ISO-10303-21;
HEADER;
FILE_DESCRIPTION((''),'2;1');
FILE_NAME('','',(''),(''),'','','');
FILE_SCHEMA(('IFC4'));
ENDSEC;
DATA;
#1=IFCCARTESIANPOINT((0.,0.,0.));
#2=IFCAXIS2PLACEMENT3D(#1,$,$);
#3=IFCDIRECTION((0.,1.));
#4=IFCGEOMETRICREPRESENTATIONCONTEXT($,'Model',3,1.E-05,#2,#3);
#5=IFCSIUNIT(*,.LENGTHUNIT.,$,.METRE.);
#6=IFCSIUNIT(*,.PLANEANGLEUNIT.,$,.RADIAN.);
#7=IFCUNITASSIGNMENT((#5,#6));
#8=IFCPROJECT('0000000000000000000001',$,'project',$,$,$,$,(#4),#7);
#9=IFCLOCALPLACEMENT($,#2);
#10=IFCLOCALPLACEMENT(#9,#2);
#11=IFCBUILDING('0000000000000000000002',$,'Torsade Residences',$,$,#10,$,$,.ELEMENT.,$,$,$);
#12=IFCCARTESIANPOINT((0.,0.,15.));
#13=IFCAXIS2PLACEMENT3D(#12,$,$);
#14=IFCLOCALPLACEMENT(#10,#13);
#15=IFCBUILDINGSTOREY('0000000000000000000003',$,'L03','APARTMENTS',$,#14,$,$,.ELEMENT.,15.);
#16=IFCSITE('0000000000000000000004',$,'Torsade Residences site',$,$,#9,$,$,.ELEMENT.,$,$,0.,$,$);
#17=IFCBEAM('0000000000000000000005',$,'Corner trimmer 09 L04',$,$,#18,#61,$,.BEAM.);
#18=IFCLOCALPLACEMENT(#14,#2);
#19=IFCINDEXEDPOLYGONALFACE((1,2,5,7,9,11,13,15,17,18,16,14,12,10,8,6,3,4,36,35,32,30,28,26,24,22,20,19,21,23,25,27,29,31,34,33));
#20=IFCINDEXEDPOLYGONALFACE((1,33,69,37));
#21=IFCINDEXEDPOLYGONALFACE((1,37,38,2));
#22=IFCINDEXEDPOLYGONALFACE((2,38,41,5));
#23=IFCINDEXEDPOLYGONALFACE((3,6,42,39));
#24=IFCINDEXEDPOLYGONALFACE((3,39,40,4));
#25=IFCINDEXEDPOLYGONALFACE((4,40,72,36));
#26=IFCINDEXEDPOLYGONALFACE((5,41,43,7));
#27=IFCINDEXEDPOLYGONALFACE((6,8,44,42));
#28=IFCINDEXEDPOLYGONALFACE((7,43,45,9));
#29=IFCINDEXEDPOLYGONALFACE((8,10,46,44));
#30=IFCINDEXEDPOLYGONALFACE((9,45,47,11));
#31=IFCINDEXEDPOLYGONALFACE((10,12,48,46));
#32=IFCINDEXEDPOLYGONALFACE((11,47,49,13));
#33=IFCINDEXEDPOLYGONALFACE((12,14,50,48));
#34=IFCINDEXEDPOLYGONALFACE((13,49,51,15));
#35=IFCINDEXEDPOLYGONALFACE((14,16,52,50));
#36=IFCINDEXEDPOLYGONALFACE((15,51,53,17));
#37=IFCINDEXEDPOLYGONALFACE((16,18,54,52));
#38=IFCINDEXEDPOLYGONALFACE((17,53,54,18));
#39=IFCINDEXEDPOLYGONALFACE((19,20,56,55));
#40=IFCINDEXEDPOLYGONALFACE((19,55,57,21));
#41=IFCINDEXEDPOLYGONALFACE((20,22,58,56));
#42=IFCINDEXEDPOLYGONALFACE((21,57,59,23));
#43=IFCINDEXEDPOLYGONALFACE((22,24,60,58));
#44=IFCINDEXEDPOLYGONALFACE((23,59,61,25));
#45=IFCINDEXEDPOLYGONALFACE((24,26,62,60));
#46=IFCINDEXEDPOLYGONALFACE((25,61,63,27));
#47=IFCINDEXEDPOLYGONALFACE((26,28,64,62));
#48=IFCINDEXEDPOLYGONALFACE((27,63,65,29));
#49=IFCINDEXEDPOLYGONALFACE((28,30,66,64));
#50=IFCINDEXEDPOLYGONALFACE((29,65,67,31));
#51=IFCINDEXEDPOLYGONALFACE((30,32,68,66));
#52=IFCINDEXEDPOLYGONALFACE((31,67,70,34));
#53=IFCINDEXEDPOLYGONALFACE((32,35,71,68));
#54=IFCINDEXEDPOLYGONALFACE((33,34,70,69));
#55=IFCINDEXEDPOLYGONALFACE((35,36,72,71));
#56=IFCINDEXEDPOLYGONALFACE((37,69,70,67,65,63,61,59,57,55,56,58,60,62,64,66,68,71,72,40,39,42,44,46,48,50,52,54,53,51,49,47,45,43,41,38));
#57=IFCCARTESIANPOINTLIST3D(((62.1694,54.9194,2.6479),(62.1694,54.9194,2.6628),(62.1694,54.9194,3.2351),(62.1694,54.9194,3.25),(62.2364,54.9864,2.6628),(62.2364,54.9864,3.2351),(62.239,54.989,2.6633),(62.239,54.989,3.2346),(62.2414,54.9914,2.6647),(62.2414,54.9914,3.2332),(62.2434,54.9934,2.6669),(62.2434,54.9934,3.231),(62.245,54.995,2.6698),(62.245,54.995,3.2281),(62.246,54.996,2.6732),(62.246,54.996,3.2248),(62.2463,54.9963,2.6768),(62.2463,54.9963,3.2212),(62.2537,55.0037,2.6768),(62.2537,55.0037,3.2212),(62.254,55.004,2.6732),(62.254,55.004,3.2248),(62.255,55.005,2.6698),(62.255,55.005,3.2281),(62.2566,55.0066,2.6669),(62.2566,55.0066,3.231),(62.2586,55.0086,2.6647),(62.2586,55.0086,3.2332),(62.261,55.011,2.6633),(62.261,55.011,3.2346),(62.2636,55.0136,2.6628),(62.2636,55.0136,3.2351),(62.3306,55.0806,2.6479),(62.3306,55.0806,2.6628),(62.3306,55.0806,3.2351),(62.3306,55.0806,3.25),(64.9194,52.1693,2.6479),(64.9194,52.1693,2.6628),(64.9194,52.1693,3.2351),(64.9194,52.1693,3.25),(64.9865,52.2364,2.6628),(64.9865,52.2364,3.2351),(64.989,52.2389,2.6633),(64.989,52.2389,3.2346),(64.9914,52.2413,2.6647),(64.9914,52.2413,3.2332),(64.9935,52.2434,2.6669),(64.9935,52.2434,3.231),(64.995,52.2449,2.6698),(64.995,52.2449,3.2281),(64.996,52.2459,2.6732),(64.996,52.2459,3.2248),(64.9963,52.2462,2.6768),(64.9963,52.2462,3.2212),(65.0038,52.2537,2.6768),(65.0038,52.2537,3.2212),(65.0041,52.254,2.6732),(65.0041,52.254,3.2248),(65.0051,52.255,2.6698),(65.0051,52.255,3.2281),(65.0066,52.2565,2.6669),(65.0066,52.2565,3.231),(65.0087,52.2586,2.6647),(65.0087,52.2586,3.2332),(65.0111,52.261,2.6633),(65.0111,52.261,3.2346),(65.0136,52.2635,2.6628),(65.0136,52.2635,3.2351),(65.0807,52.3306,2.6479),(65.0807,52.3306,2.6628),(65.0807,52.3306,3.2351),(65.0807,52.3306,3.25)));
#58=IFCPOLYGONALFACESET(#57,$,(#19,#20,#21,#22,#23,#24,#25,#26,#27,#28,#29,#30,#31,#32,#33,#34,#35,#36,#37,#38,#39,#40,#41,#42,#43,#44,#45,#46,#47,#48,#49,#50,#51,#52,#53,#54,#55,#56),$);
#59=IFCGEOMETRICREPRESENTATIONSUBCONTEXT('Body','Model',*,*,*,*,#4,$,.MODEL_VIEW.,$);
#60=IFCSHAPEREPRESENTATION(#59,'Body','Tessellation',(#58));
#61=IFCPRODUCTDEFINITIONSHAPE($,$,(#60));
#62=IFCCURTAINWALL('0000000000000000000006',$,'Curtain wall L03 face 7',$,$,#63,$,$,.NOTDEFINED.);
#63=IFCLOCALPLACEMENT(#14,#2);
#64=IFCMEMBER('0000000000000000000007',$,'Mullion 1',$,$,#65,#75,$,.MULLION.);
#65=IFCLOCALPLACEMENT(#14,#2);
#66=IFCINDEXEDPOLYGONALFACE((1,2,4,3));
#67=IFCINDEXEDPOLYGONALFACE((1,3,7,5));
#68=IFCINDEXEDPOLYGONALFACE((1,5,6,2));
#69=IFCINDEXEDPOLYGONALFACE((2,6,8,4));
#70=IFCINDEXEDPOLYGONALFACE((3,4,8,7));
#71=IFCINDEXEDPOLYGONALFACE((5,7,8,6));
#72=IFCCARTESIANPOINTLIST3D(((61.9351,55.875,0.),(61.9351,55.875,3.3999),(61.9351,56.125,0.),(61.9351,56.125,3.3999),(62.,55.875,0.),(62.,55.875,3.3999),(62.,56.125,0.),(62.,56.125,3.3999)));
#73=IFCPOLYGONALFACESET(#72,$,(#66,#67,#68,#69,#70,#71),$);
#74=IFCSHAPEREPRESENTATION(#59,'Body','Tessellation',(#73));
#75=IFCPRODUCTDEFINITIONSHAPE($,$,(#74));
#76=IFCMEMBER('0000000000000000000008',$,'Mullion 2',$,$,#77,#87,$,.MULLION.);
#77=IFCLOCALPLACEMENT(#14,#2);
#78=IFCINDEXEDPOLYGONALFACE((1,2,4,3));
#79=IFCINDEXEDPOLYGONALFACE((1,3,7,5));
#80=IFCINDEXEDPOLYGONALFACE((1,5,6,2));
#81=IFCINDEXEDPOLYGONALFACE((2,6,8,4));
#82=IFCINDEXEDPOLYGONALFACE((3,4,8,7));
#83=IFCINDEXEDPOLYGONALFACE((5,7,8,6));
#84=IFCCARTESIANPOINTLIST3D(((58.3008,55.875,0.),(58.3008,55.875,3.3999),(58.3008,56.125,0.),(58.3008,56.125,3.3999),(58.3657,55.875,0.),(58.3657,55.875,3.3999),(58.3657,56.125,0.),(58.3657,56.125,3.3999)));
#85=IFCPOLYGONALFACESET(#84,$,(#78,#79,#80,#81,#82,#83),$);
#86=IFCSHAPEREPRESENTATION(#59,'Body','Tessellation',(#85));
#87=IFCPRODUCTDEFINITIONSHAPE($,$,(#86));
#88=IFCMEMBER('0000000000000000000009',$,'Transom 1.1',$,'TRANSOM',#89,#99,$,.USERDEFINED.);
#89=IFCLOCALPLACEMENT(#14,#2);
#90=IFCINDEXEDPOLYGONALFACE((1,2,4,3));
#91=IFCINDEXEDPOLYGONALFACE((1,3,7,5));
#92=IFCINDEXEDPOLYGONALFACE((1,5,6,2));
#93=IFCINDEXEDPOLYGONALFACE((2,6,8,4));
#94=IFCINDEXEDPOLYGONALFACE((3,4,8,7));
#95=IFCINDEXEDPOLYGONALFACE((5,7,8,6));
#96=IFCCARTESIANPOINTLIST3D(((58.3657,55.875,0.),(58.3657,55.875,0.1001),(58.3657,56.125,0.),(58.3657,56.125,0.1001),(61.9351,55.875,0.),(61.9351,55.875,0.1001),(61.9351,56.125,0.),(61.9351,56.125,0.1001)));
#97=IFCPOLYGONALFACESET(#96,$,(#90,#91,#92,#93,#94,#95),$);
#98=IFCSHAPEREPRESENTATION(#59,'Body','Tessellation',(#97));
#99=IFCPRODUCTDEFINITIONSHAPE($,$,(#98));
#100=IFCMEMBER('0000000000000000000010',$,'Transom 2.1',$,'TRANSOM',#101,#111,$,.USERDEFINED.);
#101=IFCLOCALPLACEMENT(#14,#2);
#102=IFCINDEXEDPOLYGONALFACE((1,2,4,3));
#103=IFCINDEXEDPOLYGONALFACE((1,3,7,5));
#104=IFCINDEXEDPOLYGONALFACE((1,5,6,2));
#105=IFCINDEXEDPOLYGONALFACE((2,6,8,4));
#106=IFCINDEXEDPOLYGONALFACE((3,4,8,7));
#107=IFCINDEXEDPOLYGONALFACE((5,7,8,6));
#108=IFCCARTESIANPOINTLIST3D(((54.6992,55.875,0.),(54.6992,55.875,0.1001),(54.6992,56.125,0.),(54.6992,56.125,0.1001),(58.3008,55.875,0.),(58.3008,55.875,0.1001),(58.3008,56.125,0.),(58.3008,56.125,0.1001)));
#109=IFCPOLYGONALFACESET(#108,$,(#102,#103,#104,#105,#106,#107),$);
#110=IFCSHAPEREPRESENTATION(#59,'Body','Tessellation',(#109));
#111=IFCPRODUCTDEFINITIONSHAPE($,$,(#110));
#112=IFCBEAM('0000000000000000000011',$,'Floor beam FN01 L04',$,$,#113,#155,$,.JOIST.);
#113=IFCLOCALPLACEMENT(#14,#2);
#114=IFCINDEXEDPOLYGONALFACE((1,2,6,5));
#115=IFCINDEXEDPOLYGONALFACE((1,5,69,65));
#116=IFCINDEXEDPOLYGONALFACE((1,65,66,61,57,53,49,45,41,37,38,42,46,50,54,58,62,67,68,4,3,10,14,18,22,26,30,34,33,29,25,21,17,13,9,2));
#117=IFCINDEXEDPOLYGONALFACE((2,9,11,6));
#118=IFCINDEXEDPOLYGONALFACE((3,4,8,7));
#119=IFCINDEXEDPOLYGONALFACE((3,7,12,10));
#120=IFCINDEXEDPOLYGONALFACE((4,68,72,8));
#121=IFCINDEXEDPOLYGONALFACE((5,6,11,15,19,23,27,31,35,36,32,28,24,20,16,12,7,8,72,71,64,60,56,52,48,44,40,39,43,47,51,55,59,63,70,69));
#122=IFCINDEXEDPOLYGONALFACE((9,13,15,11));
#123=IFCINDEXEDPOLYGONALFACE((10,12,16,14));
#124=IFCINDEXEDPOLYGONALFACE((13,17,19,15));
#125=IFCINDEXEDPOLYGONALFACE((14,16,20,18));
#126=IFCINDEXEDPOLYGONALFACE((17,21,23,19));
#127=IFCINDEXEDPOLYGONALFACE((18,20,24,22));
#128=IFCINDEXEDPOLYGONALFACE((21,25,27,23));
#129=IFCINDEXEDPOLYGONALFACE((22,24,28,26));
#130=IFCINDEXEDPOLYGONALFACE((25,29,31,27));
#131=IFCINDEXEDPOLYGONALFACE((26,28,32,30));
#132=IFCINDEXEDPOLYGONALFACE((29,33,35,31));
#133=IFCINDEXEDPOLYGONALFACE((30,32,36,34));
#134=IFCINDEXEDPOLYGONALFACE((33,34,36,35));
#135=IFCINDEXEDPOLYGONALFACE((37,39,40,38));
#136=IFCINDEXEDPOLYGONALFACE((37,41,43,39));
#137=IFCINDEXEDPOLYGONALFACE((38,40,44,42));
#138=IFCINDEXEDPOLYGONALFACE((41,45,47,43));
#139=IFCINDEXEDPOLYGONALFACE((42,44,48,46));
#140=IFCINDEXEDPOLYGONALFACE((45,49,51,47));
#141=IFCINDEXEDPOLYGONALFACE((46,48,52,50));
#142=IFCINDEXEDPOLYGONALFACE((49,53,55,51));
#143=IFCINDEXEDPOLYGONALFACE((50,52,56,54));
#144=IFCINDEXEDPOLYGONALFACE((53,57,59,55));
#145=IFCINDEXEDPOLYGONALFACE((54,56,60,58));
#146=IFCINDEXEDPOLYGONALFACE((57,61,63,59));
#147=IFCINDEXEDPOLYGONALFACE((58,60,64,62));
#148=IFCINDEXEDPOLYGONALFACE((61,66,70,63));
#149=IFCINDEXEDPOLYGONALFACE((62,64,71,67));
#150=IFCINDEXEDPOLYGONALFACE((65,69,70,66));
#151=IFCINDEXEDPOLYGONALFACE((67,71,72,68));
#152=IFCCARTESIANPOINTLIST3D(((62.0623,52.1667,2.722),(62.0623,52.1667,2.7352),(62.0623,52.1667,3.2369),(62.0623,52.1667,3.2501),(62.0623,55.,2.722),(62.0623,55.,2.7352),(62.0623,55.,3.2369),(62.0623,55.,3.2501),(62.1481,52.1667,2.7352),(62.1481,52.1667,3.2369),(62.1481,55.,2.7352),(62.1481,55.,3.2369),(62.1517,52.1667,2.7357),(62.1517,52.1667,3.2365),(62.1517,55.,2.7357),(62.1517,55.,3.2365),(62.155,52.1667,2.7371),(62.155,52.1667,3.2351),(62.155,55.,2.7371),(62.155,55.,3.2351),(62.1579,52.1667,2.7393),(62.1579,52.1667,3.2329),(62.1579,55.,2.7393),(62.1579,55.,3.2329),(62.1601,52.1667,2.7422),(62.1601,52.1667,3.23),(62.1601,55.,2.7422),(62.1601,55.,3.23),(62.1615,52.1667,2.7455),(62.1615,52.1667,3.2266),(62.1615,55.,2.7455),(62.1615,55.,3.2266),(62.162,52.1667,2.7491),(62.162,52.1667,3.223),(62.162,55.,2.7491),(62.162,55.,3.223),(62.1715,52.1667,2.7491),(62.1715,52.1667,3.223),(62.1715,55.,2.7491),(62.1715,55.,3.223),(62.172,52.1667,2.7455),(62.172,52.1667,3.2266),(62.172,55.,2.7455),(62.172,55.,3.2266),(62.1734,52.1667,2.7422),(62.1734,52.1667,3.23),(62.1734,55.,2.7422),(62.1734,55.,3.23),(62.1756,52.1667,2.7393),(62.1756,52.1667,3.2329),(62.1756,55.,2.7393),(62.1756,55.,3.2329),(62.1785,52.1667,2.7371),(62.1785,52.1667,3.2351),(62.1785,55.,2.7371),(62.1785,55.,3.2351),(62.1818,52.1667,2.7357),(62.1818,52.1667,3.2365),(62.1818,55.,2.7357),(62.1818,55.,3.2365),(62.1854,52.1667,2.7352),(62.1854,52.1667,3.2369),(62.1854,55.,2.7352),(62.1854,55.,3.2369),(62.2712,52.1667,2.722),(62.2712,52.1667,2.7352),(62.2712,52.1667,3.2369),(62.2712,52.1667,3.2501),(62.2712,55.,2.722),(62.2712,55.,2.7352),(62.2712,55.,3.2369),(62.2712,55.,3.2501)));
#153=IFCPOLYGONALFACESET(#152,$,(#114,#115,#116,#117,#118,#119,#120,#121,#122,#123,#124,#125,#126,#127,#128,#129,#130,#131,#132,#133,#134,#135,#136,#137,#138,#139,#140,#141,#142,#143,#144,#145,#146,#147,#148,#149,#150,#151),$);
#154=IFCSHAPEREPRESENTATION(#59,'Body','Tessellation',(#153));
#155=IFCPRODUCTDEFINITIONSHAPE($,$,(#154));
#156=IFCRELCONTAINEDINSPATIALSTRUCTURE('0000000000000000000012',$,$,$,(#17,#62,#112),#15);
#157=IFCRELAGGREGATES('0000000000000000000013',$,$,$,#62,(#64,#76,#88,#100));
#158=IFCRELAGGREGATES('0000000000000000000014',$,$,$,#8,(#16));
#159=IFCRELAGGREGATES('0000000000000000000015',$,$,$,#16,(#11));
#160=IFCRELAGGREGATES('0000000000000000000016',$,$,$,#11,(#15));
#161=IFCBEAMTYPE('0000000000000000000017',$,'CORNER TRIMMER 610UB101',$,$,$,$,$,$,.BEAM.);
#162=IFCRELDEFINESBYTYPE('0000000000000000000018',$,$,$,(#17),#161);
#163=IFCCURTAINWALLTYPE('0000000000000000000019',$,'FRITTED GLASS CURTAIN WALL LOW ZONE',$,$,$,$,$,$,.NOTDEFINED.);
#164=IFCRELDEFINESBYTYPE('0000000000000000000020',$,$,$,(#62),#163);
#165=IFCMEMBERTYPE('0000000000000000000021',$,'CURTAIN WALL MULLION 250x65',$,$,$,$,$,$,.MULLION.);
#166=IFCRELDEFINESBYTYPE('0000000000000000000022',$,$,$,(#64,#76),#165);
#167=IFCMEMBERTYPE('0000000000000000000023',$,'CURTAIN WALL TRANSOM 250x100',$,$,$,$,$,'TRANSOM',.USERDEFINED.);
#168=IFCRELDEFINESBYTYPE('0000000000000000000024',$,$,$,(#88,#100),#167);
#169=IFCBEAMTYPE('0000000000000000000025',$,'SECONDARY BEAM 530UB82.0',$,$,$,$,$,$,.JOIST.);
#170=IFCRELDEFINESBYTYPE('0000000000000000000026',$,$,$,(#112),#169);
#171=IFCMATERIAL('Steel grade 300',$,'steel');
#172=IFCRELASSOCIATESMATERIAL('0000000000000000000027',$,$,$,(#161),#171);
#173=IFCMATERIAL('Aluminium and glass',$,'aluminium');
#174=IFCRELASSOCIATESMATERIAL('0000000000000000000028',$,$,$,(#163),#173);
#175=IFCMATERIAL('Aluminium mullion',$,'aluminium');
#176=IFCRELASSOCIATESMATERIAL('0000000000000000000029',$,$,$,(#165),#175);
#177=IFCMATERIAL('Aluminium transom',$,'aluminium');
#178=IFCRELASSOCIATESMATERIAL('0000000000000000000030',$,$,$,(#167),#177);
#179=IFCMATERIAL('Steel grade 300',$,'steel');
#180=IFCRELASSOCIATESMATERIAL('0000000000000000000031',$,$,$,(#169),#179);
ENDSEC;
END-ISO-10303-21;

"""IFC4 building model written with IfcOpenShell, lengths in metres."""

from ifc_helpers import new_model, si_unit, direction, frame, origin, origin_2d, place, context, subcontext, project, spatial, rectangle, i_section, extrude, material, material_profile, profile_set, type_object, element, aggregate, save


model = new_model("IFC4")

# Units and contexts
model_context = context("Model", 3, precision=1e-05, world=origin(), true_north=direction((0.0, 1.0)))
body_context = subcontext(model_context, "Body", "Model", "MODEL_VIEW")
ifc_project = project(units=[si_unit("LENGTHUNIT", "METRE"), si_unit("PLANEANGLEUNIT", "RADIAN")], contexts=[model_context])

# Site, building, storey
site_placement = place(None, origin())
site = spatial("IfcSite", under=ifc_project, at=site_placement, Name="Torsade Residences site", CompositionType="ELEMENT", RefElevation=0.0)
building_placement = place(site_placement, origin())
building = spatial("IfcBuilding", under=site, at=building_placement, Name="Torsade Residences", CompositionType="ELEMENT")
storey_placement = place(building_placement, frame((0.0, 0.0, 15.0)))
storey = spatial("IfcBuildingStorey", under=building, at=storey_placement, Name="L03", Description="APARTMENTS", CompositionType="ELEMENT", Elevation=15.0)

# Beam
ifc_material_1 = material(Name="Steel grade 300", Category="steel")
ifc_material_profile_1 = material_profile(ifc_material_1, i_section(OverallWidth=0.228, OverallDepth=0.6021, WebThickness=0.0105, FlangeThickness=0.0149, FilletRadius=0.0139, at=origin_2d()), Name="610UB101")
ifc_profile_set_1 = profile_set([ifc_material_profile_1], Name="Steel grade 300")
beam_type_1 = type_object("IfcBeamType", Name="CORNER TRIMMER 610UB101", PredefinedType="BEAM", material=ifc_profile_set_1)
beam_1_placement = place(storey_placement, frame((62.25, 55.0, 2.949), z_axis=(0.707107, -0.707107, 0.0), x_axis=(0.707107, 0.707107, 0.0)))
element("IfcBeam", 1, at=beam_1_placement, inside=storey, type_object=beam_type_1, Name="Corner trimmer 09 L04", PredefinedType="BEAM", context=body_context, shape_type="SweptSolid", body=[
    extrude(i_section(OverallWidth=0.228, OverallDepth=0.6021, WebThickness=0.0105, FlangeThickness=0.0149, FilletRadius=0.0139, at=origin_2d()), origin(), (0.0, 0.0, 1.0), 3.8892),
])

# Curtain wall, members
ifc_material_2 = material(Name="Aluminium and glass", Category="aluminium")
curtain_wall_type = type_object("IfcCurtainWallType", Name="FRITTED GLASS CURTAIN WALL LOW ZONE", PredefinedType="NOTDEFINED", material=ifc_material_2)
curtain_wall_placement = place(storey_placement, origin())
curtain_wall = element("IfcCurtainWall", 2, at=curtain_wall_placement, inside=storey, type_object=curtain_wall_type, Name="Curtain wall L03 face 7", PredefinedType="NOTDEFINED")
ifc_material_3 = material(Name="Aluminium mullion", Category="aluminium")
ifc_material_profile_2 = material_profile(ifc_material_3, rectangle(XDim=0.25, YDim=0.0649, at=origin_2d()), Name="CURTAIN WALL MULLION 250x65")
ifc_profile_set_2 = profile_set([ifc_material_profile_2], Name="Aluminium mullion")
member_type_1 = type_object("IfcMemberType", Name="CURTAIN WALL MULLION 250x65", PredefinedType="MULLION", material=ifc_profile_set_2)
member_1_placement = place(storey_placement, frame((61.9675, 56.0, 0.0), z_axis=(0.0, 0.0, 1.0), x_axis=(0.0, -1.0, 0.0)))
member_1 = element("IfcMember", 3, at=member_1_placement, type_object=member_type_1, Name="Mullion 1", PredefinedType="MULLION", context=body_context, shape_type="SweptSolid", body=[
    extrude(rectangle(XDim=0.25, YDim=0.0649, at=origin_2d()), origin(), (0.0, 0.0, 1.0), 3.3999),
])
member_2_placement = place(storey_placement, frame((58.3333, 56.0, 0.0), z_axis=(0.0, 0.0, 1.0), x_axis=(0.0, -1.0, 0.0)))
member_2 = element("IfcMember", 4, at=member_2_placement, type_object=member_type_1, Name="Mullion 2", PredefinedType="MULLION", context=body_context, shape_type="SweptSolid", body=[
    extrude(rectangle(XDim=0.25, YDim=0.0649, at=origin_2d()), origin(), (0.0, 0.0, 1.0), 3.3999),
])
ifc_material_4 = material(Name="Aluminium transom", Category="aluminium")
ifc_material_profile_3 = material_profile(ifc_material_4, rectangle(XDim=0.25, YDim=0.1001, at=origin_2d()), Name="CURTAIN WALL TRANSOM 250x100")
ifc_profile_set_3 = profile_set([ifc_material_profile_3], Name="Aluminium transom")
member_type_2 = type_object("IfcMemberType", Name="CURTAIN WALL TRANSOM 250x100", ElementType="TRANSOM", PredefinedType="USERDEFINED", material=ifc_profile_set_3)
member_3_placement = place(storey_placement, frame((61.9351, 56.0, 0.05), z_axis=(-1.0, 0.0, 0.0), x_axis=(0.0, -1.0, 0.0)))
member_3 = element("IfcMember", 5, at=member_3_placement, type_object=member_type_2, Name="Transom 1.1", ObjectType="TRANSOM", PredefinedType="USERDEFINED", context=body_context, shape_type="SweptSolid", body=[
    extrude(rectangle(XDim=0.25, YDim=0.1001, at=origin_2d()), origin(), (0.0, 0.0, 1.0), 3.5693),
])
member_4_placement = place(storey_placement, frame((58.3008, 56.0, 0.05), z_axis=(-1.0, 0.0, 0.0), x_axis=(0.0, -1.0, 0.0)))
member_4 = element("IfcMember", 6, at=member_4_placement, type_object=member_type_2, Name="Transom 2.1", ObjectType="TRANSOM", PredefinedType="USERDEFINED", context=body_context, shape_type="SweptSolid", body=[
    extrude(rectangle(XDim=0.25, YDim=0.1001, at=origin_2d()), origin(), (0.0, 0.0, 1.0), 3.6016),
])

# Beam
ifc_material_5 = material(Name="Steel grade 300", Category="steel")
ifc_material_profile_4 = material_profile(ifc_material_5, i_section(OverallWidth=0.209, OverallDepth=0.5281, WebThickness=0.0095, FlangeThickness=0.0132, FilletRadius=0.0139, at=origin_2d()), Name="530UB82.0")
ifc_profile_set_4 = profile_set([ifc_material_profile_4], Name="Steel grade 300")
beam_type_2 = type_object("IfcBeamType", Name="SECONDARY BEAM 530UB82.0", PredefinedType="JOIST", material=ifc_profile_set_4)
beam_2_placement = place(storey_placement, frame((62.1667, 55.0, 2.9861), z_axis=(0.0, -1.0, 0.0), x_axis=(1.0, 0.0, 0.0)))
element("IfcBeam", 7, at=beam_2_placement, inside=storey, type_object=beam_type_2, Name="Floor beam FN01 L04", PredefinedType="JOIST", context=body_context, shape_type="SweptSolid", body=[
    extrude(i_section(OverallWidth=0.209, OverallDepth=0.5281, WebThickness=0.0095, FlangeThickness=0.0132, FilletRadius=0.0139, at=origin_2d()), origin(), (0.0, 0.0, 1.0), 2.8333),
])

aggregate(curtain_wall, [member_1, member_2, member_3, member_4])

save(model, "model.ifc")
